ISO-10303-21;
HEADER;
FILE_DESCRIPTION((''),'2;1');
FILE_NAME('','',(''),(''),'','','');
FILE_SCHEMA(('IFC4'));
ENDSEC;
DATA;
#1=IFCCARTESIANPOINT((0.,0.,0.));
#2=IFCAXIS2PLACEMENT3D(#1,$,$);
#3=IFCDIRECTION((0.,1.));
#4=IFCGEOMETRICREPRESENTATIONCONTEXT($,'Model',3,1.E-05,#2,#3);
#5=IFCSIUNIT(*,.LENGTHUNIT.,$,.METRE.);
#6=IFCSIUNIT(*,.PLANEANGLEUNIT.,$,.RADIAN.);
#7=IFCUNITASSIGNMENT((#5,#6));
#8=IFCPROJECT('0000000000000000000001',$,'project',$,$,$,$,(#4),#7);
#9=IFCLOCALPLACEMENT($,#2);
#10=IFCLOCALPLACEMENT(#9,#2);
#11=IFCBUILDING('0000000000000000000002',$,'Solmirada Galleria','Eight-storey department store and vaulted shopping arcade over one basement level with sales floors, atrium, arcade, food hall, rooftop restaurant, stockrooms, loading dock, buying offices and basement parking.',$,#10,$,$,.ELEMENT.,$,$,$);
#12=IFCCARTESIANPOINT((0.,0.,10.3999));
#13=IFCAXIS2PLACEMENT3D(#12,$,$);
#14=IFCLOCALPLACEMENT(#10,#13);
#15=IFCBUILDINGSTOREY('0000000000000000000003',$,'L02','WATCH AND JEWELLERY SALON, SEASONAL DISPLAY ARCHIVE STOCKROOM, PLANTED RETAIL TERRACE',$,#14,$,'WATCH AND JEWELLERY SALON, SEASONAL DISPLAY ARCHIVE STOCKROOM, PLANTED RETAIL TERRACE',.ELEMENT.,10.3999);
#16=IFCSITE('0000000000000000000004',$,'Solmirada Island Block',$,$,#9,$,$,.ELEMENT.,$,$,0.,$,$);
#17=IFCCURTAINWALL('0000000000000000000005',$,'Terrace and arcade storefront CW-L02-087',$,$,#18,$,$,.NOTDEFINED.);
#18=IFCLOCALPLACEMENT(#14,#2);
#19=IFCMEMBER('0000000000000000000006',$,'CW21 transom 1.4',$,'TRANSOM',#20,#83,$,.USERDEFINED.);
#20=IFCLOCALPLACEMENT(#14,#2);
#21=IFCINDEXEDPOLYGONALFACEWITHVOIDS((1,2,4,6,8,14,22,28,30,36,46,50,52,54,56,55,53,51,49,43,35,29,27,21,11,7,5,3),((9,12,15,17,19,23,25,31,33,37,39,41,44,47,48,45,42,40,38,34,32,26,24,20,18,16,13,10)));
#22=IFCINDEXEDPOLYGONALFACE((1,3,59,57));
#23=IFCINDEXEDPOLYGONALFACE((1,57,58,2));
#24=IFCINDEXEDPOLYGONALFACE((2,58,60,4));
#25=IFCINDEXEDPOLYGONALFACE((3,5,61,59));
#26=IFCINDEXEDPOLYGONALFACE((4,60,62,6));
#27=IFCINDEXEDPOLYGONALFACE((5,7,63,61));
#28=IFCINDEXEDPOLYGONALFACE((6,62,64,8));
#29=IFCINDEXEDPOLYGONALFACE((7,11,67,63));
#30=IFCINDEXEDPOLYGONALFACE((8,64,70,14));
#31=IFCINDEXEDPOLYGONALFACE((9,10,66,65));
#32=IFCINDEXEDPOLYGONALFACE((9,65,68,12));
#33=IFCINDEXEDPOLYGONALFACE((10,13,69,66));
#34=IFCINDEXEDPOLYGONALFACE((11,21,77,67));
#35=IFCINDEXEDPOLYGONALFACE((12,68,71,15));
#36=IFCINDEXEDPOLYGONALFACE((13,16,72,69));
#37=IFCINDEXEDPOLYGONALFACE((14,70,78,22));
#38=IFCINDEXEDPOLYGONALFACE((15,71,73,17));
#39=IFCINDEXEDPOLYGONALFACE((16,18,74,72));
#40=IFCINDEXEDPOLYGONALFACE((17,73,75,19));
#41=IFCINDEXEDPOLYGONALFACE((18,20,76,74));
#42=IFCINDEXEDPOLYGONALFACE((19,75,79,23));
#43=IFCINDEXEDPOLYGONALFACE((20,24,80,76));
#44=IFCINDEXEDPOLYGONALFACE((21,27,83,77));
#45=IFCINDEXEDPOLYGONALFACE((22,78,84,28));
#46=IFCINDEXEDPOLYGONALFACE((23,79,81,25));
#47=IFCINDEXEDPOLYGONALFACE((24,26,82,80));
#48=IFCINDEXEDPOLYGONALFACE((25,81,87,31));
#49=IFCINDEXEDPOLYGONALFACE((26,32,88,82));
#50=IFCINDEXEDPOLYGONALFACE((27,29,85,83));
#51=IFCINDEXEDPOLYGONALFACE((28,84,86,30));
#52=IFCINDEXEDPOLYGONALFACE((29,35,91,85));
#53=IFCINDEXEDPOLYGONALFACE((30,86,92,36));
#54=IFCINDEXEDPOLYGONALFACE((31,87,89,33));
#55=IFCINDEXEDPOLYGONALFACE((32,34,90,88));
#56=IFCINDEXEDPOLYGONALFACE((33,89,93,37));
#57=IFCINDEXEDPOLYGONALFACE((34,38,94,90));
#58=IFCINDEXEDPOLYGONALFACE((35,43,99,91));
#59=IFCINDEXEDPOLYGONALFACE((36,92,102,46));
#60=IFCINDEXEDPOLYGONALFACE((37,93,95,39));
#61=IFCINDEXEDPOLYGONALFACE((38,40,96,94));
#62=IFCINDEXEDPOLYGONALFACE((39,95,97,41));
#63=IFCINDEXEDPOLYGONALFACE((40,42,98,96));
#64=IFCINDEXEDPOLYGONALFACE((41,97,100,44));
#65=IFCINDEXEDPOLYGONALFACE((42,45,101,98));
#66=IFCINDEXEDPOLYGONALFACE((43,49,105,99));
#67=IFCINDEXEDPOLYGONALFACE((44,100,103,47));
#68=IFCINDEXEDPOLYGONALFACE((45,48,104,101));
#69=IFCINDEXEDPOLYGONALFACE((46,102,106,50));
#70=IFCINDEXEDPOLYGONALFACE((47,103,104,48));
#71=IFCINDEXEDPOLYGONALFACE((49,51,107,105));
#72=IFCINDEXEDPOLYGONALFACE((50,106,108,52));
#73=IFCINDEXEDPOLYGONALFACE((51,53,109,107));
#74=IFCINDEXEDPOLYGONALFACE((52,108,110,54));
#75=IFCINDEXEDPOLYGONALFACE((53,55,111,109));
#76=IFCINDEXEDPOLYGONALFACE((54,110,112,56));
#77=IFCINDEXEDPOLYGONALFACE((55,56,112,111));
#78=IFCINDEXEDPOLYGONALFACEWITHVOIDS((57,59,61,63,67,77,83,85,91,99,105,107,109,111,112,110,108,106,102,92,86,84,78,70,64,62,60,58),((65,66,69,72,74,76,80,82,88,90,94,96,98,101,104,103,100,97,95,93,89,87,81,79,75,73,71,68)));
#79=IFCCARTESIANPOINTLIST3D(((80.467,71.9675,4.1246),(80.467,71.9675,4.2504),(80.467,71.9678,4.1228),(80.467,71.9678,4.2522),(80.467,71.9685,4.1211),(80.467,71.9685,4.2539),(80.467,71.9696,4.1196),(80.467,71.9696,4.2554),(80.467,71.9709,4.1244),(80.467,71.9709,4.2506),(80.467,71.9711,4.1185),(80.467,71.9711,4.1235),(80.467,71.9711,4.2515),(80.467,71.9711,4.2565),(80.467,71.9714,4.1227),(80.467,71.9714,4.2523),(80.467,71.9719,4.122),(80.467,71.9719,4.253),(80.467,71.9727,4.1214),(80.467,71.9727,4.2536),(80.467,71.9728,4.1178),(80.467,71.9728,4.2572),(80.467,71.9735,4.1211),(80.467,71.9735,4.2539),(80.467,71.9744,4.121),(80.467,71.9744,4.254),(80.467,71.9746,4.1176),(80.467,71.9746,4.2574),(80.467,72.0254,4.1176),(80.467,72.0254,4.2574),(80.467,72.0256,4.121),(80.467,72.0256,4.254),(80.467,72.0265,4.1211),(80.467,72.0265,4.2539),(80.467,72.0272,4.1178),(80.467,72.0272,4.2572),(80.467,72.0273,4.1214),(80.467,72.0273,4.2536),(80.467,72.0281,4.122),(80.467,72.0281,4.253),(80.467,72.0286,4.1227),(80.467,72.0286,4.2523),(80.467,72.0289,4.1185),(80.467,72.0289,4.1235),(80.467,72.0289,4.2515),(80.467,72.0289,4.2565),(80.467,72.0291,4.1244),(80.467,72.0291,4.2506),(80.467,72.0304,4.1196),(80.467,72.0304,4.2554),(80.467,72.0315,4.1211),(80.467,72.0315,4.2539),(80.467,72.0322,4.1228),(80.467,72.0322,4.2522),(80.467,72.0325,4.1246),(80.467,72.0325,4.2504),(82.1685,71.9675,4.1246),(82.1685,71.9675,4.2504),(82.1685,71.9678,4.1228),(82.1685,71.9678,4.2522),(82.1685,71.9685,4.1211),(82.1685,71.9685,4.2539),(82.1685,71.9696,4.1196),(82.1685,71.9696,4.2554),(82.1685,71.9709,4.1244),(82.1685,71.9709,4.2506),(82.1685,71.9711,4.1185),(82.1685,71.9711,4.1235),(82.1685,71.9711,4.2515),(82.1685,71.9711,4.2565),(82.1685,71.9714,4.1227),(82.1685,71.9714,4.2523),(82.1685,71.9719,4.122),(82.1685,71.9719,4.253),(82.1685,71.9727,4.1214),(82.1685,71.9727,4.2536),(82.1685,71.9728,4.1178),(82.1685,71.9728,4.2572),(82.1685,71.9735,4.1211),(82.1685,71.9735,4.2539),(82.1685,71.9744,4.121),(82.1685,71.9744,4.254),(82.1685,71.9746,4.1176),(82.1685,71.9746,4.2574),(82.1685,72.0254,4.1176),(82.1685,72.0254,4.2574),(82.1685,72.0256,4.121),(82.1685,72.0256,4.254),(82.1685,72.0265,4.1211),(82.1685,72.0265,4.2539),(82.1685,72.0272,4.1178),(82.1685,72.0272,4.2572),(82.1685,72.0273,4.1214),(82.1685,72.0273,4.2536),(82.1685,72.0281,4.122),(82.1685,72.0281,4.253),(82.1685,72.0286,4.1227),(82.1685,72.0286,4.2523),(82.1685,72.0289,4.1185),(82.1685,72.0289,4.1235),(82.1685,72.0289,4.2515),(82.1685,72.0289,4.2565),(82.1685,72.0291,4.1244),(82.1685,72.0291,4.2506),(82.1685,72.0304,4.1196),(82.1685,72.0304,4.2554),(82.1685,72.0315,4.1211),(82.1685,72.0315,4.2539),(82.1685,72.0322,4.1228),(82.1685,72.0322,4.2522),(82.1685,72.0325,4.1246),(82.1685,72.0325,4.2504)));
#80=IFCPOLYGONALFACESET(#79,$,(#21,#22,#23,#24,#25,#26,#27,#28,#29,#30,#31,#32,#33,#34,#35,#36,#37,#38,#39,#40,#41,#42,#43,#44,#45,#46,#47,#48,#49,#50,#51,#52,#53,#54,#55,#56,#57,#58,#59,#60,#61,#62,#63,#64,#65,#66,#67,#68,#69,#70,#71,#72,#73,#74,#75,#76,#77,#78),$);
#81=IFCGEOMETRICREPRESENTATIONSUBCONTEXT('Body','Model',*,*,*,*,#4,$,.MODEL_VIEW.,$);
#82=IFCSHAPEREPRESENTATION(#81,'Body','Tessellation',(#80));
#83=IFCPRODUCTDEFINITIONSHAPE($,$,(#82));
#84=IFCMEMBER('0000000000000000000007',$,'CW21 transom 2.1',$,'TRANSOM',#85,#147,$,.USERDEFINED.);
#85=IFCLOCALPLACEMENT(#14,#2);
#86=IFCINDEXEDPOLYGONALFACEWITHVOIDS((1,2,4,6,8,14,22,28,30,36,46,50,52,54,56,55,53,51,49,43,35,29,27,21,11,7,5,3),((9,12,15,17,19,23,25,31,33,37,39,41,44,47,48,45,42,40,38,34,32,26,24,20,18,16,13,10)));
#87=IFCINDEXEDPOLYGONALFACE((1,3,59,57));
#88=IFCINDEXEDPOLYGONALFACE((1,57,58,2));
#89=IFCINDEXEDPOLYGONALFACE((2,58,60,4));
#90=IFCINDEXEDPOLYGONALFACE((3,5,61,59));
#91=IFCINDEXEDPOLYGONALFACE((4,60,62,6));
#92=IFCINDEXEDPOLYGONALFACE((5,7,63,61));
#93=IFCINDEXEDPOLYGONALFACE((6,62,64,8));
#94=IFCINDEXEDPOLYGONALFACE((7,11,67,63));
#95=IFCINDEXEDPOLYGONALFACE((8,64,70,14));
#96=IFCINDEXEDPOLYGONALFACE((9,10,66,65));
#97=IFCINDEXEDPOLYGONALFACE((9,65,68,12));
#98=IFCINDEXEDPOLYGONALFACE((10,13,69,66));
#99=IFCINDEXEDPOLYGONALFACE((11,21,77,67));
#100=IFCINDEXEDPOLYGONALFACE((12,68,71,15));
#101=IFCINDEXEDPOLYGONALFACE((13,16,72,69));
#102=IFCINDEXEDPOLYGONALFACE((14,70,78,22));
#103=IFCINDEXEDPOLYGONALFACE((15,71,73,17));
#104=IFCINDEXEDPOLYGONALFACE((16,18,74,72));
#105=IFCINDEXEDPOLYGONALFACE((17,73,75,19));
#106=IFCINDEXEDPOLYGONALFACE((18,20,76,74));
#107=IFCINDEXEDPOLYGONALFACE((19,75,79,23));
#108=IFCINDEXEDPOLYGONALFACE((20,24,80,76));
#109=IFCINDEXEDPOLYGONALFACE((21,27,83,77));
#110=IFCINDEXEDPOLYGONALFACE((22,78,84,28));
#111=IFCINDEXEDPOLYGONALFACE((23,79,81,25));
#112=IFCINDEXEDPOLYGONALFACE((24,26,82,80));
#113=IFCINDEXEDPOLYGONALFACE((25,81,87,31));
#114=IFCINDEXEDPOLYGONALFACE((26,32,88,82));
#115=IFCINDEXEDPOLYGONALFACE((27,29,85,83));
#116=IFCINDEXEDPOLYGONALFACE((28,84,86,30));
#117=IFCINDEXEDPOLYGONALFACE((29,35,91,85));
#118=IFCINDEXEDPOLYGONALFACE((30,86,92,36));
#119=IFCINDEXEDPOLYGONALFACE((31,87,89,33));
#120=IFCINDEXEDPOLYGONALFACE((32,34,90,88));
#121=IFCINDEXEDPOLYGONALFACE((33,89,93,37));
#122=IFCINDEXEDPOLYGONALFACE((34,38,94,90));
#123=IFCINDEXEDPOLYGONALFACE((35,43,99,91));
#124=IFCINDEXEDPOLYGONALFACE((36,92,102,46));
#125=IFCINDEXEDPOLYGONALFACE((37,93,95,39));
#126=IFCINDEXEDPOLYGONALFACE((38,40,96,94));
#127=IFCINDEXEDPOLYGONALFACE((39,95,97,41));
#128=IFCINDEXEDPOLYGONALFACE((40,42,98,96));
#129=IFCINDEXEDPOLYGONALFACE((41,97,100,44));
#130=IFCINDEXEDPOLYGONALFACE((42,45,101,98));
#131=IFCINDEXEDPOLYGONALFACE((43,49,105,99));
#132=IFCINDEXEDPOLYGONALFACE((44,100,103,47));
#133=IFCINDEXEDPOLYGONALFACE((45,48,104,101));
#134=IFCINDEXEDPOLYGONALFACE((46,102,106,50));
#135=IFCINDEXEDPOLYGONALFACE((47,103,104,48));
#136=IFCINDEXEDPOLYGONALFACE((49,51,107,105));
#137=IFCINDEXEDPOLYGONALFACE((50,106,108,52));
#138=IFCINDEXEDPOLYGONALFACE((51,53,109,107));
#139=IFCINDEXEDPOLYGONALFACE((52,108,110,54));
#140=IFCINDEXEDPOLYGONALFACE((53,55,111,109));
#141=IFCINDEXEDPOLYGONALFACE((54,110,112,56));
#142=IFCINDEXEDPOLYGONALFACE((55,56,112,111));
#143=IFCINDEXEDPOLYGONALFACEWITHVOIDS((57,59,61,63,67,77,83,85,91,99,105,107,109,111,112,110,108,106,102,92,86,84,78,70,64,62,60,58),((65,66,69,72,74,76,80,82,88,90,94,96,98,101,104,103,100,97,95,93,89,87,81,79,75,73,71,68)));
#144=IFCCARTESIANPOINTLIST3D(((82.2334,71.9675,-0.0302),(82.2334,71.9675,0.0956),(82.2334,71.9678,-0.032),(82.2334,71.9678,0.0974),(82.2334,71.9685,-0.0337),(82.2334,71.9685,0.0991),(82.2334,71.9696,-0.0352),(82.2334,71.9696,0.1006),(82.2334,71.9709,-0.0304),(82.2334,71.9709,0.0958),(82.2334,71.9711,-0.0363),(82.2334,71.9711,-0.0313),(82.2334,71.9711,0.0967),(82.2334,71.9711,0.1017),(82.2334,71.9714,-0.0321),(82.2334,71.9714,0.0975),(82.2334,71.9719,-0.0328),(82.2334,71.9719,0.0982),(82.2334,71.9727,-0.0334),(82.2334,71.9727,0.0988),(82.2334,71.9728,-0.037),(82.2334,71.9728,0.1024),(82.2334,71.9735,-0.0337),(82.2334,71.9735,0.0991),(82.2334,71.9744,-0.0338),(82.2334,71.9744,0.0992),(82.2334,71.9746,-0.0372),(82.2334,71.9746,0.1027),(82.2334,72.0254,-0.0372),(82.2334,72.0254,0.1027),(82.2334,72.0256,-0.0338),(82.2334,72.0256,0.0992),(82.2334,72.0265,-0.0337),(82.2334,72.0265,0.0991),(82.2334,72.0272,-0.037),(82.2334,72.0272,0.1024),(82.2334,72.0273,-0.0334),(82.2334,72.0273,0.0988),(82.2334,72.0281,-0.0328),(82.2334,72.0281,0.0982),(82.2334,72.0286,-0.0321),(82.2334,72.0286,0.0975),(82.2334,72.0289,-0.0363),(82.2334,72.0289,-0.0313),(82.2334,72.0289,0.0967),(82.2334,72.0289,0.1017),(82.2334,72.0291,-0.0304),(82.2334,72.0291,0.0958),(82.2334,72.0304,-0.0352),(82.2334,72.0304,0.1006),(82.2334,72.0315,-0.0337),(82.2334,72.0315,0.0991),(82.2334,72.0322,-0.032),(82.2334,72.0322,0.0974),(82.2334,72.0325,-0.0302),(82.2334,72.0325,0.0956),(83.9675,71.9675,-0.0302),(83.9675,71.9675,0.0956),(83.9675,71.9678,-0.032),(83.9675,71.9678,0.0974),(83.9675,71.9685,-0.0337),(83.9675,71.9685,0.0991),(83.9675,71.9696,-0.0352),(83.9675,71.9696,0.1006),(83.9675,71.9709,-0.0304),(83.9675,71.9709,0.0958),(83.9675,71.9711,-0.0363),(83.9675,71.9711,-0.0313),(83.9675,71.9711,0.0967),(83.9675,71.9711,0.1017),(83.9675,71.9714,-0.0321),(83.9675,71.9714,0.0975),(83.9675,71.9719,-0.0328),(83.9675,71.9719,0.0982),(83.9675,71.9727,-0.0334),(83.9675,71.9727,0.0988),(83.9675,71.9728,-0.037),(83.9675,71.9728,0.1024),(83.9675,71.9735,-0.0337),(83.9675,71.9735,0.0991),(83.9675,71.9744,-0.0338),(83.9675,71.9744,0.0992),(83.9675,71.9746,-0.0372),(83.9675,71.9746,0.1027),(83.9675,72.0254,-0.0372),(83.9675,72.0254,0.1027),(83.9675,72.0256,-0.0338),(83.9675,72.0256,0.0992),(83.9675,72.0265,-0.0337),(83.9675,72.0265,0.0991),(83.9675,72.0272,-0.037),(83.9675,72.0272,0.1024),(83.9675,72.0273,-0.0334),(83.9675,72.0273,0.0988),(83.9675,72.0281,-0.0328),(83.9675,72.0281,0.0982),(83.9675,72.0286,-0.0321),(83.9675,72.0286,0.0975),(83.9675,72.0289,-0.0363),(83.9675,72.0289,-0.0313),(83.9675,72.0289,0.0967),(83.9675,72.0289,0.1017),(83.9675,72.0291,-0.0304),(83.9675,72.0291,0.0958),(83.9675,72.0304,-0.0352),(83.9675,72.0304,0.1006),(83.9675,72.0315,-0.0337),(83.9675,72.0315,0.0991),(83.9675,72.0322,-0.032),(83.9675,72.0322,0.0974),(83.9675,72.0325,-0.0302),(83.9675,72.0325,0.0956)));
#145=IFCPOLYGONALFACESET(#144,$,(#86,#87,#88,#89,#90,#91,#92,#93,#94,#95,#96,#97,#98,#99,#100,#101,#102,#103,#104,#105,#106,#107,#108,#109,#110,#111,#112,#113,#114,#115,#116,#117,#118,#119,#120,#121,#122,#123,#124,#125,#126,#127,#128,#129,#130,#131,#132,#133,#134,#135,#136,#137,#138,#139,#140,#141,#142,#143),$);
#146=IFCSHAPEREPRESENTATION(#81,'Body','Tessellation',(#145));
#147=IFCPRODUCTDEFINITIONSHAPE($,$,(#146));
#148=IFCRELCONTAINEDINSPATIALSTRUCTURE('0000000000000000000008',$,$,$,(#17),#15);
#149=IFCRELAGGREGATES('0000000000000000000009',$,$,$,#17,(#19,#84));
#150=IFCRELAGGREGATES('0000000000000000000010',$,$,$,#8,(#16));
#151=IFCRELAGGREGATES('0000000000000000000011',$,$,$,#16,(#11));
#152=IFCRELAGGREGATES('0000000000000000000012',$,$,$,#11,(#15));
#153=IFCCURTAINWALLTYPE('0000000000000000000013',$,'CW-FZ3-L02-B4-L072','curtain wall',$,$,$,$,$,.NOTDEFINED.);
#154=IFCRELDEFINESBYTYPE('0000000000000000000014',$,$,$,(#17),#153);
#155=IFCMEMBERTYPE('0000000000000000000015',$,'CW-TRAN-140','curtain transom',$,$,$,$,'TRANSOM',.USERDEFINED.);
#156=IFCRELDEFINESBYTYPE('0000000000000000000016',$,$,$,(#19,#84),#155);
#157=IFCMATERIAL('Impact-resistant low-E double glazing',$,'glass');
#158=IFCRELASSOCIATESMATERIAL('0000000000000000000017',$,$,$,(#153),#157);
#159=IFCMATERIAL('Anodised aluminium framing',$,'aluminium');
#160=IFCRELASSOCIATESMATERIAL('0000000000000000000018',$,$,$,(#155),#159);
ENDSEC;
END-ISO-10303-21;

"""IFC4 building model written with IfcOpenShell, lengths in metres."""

from ifc_helpers import new_model, si_unit, direction, frame, origin, origin_2d, place, context, subcontext, project, spatial, hollow_rectangle, extrude, material, material_profile, profile_set, type_object, element, aggregate, save


model = new_model("IFC4")

# Units and contexts
model_context = context("Model", 3, precision=1e-05, world=origin(), true_north=direction((0.0, 1.0)))
body_context = subcontext(model_context, "Body", "Model", "MODEL_VIEW")
ifc_project = project(units=[si_unit("LENGTHUNIT", "METRE"), si_unit("PLANEANGLEUNIT", "RADIAN")], contexts=[model_context])

# Site, building, storey
site_placement = place(None, origin())
site = spatial("IfcSite", under=ifc_project, at=site_placement, Name="Solmirada Island Block", CompositionType="ELEMENT", RefElevation=0.0)
building_placement = place(site_placement, origin())
building = spatial("IfcBuilding", under=site, at=building_placement, Name="Solmirada Galleria", Description="Eight-storey department store and vaulted shopping arcade over one basement level with sales floors, atrium, arcade, food hall, rooftop restaurant, stockrooms, loading dock, buying offices and basement parking.", CompositionType="ELEMENT")
storey_placement = place(building_placement, frame((0.0, 0.0, 10.3999)))
storey = spatial("IfcBuildingStorey", under=building, at=storey_placement, Name="L02", Description="WATCH AND JEWELLERY SALON, SEASONAL DISPLAY ARCHIVE STOCKROOM, PLANTED RETAIL TERRACE", LongName="WATCH AND JEWELLERY SALON, SEASONAL DISPLAY ARCHIVE STOCKROOM, PLANTED RETAIL TERRACE", CompositionType="ELEMENT", Elevation=10.3999)

# Curtain wall, members
ifc_material_1 = material(Name="Impact-resistant low-E double glazing", Category="glass")
curtain_wall_type = type_object("IfcCurtainWallType", Name="CW-FZ3-L02-B4-L072", Description="curtain wall", PredefinedType="NOTDEFINED", material=ifc_material_1)
curtain_wall_placement = place(storey_placement, origin())
curtain_wall = element("IfcCurtainWall", 1, at=curtain_wall_placement, inside=storey, type_object=curtain_wall_type, Name="Terrace and arcade storefront CW-L02-087", PredefinedType="NOTDEFINED")
ifc_material_2 = material(Name="Anodised aluminium framing", Category="aluminium")
ifc_material_profile_1 = material_profile(ifc_material_2, hollow_rectangle(XDim=0.0649, YDim=0.1399, WallThickness=0.0034, InnerFilletRadius=0.0034, OuterFilletRadius=0.0071, at=origin_2d()), Name="ALU-TRAN-140X65")
ifc_profile_set_1 = profile_set([ifc_material_profile_1], Name="Anodised aluminium framing")
member_type_1 = type_object("IfcMemberType", Name="CW-TRAN-140", Description="curtain transom", ElementType="TRANSOM", PredefinedType="USERDEFINED", material=ifc_profile_set_1)
member_1_placement = place(storey_placement, frame((80.467, 72.0, 4.1875), z_axis=(1.0, 0.0, 0.0), x_axis=(0.0, 1.0, 0.0)))
member_1 = element("IfcMember", 2, at=member_1_placement, type_object=member_type_1, Name="CW21 transom 1.4", ObjectType="TRANSOM", PredefinedType="USERDEFINED", context=body_context, shape_type="SweptSolid", body=[
    extrude(hollow_rectangle(XDim=0.0649, YDim=0.1399, WallThickness=0.0034, InnerFilletRadius=0.0034, OuterFilletRadius=0.0071, at=origin_2d()), origin(), (0.0, 0.0, 1.0), 1.7014),
])
member_2_placement = place(storey_placement, frame((82.2334, 72.0, 0.0327), z_axis=(1.0, 0.0, 0.0), x_axis=(0.0, 1.0, 0.0)))
member_2 = element("IfcMember", 3, at=member_2_placement, type_object=member_type_1, Name="CW21 transom 2.1", ObjectType="TRANSOM", PredefinedType="USERDEFINED", context=body_context, shape_type="SweptSolid", body=[
    extrude(hollow_rectangle(XDim=0.0649, YDim=0.1399, WallThickness=0.0034, InnerFilletRadius=0.0034, OuterFilletRadius=0.0071, at=origin_2d()), origin(), (0.0, 0.0, 1.0), 1.7341),
])
aggregate(curtain_wall, [member_1, member_2])

save(model, "model.ifc")
